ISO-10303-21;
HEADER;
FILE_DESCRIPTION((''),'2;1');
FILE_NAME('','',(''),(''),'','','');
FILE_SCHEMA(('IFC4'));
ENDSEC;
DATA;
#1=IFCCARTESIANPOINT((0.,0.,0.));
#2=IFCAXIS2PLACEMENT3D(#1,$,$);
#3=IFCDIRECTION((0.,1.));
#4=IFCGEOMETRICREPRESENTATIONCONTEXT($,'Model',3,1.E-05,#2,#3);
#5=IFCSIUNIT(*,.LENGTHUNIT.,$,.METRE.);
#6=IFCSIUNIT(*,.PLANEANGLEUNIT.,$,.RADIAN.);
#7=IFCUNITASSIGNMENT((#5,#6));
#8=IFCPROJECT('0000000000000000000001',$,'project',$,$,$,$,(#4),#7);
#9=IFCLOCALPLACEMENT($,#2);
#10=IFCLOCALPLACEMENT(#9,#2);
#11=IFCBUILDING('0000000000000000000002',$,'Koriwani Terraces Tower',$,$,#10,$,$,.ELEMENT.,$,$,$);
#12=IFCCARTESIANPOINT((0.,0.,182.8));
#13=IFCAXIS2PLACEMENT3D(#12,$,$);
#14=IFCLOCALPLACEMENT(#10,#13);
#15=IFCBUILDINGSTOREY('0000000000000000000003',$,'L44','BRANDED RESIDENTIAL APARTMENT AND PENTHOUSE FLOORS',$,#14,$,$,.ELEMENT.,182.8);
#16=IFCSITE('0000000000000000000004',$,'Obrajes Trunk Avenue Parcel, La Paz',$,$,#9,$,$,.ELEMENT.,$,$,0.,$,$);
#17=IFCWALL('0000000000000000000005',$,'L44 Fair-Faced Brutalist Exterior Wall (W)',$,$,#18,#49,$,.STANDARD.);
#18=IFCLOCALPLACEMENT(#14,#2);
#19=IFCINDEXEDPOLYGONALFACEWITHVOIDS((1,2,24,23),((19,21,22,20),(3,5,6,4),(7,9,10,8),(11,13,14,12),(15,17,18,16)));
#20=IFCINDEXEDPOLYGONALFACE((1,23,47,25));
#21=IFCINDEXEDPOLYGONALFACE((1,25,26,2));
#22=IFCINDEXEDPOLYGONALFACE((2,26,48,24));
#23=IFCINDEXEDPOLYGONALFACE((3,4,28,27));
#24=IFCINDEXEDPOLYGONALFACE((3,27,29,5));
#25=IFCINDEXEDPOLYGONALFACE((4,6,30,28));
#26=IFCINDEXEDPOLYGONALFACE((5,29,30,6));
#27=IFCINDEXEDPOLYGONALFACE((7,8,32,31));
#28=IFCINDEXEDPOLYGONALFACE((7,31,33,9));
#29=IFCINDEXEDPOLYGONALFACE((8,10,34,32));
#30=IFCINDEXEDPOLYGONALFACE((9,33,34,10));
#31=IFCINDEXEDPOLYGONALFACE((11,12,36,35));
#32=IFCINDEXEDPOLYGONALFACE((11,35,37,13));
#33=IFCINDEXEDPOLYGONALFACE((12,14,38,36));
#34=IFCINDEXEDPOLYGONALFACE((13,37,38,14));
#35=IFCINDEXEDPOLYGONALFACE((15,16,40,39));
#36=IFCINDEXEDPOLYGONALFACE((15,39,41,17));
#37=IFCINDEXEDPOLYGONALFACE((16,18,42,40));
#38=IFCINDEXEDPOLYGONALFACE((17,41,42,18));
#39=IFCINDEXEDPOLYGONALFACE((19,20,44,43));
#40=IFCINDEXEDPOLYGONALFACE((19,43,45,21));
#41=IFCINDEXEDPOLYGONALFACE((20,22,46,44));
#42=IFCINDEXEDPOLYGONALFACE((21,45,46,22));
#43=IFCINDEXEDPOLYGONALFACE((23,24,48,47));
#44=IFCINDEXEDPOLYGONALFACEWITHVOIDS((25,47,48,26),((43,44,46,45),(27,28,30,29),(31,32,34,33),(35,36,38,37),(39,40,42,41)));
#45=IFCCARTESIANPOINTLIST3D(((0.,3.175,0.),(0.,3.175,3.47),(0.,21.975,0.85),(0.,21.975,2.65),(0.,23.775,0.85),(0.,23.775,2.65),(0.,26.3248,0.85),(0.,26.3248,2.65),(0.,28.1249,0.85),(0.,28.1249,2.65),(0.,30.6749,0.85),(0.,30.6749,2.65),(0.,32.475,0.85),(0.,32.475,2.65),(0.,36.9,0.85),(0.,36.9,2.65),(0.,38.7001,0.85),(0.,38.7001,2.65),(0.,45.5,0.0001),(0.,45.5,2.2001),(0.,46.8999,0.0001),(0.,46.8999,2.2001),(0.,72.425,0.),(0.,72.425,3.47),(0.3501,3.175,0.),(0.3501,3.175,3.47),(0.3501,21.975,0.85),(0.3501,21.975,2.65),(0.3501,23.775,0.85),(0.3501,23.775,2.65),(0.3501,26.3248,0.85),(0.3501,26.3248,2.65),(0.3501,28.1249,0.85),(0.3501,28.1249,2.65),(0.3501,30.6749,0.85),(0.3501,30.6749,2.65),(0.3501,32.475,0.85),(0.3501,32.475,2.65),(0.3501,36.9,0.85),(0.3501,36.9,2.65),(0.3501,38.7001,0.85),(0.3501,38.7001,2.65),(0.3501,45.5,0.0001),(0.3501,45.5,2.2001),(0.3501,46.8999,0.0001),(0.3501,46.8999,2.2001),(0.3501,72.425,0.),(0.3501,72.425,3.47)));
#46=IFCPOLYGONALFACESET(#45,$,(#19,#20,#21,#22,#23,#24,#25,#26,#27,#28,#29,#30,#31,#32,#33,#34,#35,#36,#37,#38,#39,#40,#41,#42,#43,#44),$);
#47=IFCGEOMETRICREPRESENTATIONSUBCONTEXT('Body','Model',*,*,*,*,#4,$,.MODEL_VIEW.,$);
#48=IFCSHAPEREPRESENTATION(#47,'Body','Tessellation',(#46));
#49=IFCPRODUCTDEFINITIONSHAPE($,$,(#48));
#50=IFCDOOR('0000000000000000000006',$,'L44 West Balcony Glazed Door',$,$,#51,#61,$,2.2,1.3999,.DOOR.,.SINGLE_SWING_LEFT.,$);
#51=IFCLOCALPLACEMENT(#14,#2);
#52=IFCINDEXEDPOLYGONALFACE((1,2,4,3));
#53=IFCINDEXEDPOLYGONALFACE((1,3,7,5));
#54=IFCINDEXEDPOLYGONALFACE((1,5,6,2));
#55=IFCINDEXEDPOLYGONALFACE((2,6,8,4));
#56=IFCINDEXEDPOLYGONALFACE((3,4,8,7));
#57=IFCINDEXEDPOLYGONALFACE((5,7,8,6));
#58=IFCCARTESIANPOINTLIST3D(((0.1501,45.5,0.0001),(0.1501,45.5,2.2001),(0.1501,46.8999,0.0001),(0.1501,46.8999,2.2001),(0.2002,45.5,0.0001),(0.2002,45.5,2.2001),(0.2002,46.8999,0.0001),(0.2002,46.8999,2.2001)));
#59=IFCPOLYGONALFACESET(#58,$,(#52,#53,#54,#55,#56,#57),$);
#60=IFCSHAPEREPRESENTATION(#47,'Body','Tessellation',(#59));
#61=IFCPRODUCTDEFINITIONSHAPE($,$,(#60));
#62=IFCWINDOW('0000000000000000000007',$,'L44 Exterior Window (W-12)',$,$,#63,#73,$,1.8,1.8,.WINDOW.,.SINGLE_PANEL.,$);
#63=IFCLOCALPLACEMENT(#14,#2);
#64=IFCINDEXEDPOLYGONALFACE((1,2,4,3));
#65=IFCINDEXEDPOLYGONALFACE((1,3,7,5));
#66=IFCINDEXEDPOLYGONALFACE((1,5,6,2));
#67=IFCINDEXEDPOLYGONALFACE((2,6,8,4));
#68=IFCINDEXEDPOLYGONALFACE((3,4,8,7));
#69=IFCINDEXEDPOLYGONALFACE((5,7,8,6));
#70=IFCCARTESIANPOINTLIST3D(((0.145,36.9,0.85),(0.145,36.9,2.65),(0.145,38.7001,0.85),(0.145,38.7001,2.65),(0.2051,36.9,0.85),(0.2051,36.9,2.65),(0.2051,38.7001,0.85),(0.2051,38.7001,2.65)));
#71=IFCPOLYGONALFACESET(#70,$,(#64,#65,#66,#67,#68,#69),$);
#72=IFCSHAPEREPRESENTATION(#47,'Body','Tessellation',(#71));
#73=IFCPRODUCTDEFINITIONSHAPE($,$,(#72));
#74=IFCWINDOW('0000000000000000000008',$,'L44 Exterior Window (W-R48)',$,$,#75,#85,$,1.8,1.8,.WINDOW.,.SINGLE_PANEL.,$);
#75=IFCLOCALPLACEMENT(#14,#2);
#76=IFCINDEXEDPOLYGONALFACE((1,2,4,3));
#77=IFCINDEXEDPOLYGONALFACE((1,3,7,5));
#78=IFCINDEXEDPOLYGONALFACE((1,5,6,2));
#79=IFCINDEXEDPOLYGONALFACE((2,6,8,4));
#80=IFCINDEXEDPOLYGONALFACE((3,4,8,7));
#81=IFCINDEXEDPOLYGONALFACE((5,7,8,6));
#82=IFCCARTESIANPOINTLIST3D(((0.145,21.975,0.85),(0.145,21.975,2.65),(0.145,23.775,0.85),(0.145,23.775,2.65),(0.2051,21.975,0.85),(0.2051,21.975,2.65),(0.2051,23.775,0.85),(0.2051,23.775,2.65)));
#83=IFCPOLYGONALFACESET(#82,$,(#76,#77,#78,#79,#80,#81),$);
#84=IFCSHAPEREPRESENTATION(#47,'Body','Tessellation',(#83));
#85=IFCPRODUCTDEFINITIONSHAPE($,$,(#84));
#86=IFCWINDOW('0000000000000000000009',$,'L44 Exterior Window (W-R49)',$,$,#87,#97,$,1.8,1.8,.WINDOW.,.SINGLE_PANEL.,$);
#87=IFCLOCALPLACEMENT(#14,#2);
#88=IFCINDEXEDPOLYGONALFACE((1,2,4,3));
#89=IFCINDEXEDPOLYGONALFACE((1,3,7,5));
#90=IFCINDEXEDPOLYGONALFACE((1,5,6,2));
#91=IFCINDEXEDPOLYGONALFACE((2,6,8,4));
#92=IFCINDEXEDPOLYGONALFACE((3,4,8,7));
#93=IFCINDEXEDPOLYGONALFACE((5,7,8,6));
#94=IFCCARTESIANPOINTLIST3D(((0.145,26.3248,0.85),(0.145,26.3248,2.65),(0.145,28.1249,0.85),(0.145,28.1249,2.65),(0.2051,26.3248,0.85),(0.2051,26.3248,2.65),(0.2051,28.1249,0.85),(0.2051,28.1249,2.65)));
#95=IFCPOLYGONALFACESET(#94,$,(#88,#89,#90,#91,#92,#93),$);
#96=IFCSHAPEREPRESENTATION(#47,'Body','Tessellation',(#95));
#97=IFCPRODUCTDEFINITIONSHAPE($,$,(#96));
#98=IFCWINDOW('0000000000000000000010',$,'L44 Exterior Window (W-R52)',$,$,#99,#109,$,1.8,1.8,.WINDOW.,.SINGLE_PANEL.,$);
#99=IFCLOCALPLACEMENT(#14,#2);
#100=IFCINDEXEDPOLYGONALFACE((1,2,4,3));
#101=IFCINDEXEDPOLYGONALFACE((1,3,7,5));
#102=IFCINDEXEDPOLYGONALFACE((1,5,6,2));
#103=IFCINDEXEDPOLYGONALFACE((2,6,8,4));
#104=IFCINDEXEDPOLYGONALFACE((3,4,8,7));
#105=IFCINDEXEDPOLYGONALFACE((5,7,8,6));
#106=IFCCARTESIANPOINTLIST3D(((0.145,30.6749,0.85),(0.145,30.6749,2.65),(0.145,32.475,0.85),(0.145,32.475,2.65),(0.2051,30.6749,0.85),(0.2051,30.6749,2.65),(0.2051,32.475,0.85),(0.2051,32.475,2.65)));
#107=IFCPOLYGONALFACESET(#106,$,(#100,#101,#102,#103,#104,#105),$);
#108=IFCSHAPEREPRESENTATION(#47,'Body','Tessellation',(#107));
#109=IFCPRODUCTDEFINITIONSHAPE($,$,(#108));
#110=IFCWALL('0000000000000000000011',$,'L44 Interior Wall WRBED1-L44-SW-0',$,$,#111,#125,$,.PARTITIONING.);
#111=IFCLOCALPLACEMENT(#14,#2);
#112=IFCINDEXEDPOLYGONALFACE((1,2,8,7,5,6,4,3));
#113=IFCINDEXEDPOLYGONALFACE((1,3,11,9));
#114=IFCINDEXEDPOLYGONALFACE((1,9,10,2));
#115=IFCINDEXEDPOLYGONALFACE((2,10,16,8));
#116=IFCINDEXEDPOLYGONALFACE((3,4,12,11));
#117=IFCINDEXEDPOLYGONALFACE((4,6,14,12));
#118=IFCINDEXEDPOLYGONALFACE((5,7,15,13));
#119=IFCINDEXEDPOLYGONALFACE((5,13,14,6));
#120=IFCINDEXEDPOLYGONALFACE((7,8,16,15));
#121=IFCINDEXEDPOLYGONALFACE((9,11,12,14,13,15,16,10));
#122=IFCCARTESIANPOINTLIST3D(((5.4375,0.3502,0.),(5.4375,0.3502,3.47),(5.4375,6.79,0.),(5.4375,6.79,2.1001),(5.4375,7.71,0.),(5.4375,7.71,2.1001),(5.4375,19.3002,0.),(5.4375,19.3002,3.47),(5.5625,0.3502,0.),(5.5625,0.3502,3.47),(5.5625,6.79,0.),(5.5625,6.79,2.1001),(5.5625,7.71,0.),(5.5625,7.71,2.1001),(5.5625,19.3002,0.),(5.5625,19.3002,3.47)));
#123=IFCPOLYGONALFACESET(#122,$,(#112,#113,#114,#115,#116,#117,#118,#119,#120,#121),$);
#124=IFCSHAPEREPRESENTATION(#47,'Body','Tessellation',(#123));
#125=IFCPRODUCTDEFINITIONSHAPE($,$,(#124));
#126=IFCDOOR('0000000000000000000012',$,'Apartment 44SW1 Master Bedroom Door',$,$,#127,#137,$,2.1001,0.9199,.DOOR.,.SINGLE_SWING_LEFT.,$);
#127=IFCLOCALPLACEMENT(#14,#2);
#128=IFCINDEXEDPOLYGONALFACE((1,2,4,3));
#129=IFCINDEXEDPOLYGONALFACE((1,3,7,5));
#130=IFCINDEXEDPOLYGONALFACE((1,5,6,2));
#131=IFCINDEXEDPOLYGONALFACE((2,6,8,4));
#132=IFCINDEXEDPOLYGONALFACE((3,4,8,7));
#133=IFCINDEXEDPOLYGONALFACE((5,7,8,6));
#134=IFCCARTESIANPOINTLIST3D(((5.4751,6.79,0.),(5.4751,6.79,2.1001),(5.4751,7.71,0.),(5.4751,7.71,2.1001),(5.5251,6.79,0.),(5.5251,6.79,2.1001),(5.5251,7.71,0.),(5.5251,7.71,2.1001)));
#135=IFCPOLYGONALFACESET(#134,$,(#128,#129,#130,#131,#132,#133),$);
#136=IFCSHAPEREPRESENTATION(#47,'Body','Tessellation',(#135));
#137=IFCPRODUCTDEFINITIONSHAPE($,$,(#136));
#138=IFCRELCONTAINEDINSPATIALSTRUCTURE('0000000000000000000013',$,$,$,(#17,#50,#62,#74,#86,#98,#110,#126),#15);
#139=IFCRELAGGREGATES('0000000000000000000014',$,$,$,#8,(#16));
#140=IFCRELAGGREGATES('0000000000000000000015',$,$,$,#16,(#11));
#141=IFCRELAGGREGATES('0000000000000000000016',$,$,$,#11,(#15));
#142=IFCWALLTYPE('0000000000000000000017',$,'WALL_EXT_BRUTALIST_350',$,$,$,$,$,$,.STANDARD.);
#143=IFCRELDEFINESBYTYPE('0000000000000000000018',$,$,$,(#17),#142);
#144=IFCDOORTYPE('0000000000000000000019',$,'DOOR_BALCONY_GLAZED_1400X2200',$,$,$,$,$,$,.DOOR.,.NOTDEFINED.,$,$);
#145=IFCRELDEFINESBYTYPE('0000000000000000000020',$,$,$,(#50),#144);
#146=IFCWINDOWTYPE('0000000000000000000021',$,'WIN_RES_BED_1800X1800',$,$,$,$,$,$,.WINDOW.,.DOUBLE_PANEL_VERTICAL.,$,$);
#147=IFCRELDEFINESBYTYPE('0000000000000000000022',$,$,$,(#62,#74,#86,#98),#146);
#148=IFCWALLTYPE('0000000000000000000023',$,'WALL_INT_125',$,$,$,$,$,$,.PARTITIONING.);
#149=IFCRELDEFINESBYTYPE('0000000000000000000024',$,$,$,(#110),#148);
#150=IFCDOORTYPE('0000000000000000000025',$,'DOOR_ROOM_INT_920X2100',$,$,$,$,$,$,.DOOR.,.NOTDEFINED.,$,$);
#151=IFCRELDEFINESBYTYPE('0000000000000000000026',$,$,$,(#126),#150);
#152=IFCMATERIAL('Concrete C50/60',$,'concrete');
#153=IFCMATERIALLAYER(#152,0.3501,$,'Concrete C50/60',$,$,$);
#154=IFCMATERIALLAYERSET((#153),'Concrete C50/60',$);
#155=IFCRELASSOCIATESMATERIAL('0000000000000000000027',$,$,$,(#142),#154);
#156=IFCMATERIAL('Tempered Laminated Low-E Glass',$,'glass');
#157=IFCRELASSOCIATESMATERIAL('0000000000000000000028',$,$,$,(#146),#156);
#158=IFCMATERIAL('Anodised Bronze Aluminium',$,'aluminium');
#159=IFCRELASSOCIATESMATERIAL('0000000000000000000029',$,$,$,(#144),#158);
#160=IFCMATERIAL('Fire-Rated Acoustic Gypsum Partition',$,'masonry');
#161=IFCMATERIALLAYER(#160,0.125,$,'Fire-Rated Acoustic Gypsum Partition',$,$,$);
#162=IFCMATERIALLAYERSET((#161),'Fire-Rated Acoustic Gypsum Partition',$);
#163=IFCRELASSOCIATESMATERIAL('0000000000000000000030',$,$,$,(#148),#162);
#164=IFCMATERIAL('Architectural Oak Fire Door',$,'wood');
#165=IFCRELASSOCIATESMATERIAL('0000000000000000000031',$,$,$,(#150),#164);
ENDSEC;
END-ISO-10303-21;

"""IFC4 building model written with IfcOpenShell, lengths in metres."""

from ifc_helpers import new_model, si_unit, direction, frame, frame_2d, origin, place, context, subcontext, project, spatial, rectangle, extrude, material, layer, layer_set, type_object, element, fill, save


model = new_model("IFC4")

# Units and contexts
model_context = context("Model", 3, precision=1e-05, world=origin(), true_north=direction((0.0, 1.0)))
body_context = subcontext(model_context, "Body", "Model", "MODEL_VIEW")
ifc_project = project(units=[si_unit("LENGTHUNIT", "METRE"), si_unit("PLANEANGLEUNIT", "RADIAN")], contexts=[model_context])

# Site, building, storey
site_placement = place(None, origin())
site = spatial("IfcSite", under=ifc_project, at=site_placement, Name="Obrajes Trunk Avenue Parcel, La Paz", CompositionType="ELEMENT", RefElevation=0.0)
building_placement = place(site_placement, origin())
building = spatial("IfcBuilding", under=site, at=building_placement, Name="Koriwani Terraces Tower", CompositionType="ELEMENT")
storey_placement = place(building_placement, frame((0.0, 0.0, 182.8)))
storey = spatial("IfcBuildingStorey", under=building, at=storey_placement, Name="L44", Description="BRANDED RESIDENTIAL APARTMENT AND PENTHOUSE FLOORS", CompositionType="ELEMENT", Elevation=182.8)

# Shared definitions
ifc_material_1 = material(Name="Concrete C50/60", Category="concrete")

# Shared definitions
ifc_layer_1 = layer(ifc_material_1, 0.3501, Name="Concrete C50/60")
ifc_layer_set_1 = layer_set([ifc_layer_1], Name="Concrete C50/60")
wall_type_1 = type_object("IfcWallType", Name="WALL_EXT_BRUTALIST_350", PredefinedType="STANDARD", material=ifc_layer_set_1)
ifc_material_2 = material(Name="Tempered Laminated Low-E Glass", Category="glass")
window_type = type_object("IfcWindowType", Name="WIN_RES_BED_1800X1800", PartitioningType="DOUBLE_PANEL_VERTICAL", PredefinedType="WINDOW", material=ifc_material_2)

# Wall, openings, door, windows
wall_1_placement = place(storey_placement, frame((0.175, 3.175, 0.0), z_axis=(0.0, 0.0, 1.0), x_axis=(0.0, 1.0, 0.0)))
wall_1 = element("IfcWall", 1, at=wall_1_placement, inside=storey, type_object=wall_type_1, Name="L44 Fair-Faced Brutalist Exterior Wall (W)", PredefinedType="STANDARD", context=body_context, shape_type="SweptSolid", body=[
    extrude(rectangle(XDim=69.25, YDim=0.3501, at=frame_2d((34.625, 0.0))), origin(), (0.0, 0.0, 1.0), 3.47),
])
opening_1_placement = place(wall_1_placement, frame((42.325, 0.0, 0.0)))
opening_1 = element("IfcOpeningElement", 2, at=opening_1_placement, cuts=wall_1, PredefinedType="OPENING", context=body_context, shape_type="SweptSolid", body=[
    extrude(rectangle(XDim=1.3999, YDim=2.2, at=frame_2d((0.7, 1.1001))), frame((0.0, 0.1851, 0.0), z_axis=(0.0, -1.0, 0.0), x_axis=(1.0, 0.0, 0.0)), (0.0, 0.0, 1.0), 0.3701),
])
opening_2_placement = place(wall_1_placement, frame((33.7251, 0.0, 0.8501)))
opening_2 = element("IfcOpeningElement", 3, at=opening_2_placement, cuts=wall_1, PredefinedType="OPENING", context=body_context, shape_type="SweptSolid", body=[
    extrude(rectangle(XDim=1.8, YDim=1.8, at=frame_2d((0.8999, 0.8999))), frame((0.0, 0.1851, 0.0), z_axis=(0.0, -1.0, 0.0), x_axis=(1.0, 0.0, 0.0)), (0.0, 0.0, 1.0), 0.3701),
])
opening_3_placement = place(wall_1_placement, frame((18.8, 0.0, 0.8501)))
opening_3 = element("IfcOpeningElement", 4, at=opening_3_placement, cuts=wall_1, PredefinedType="OPENING", context=body_context, shape_type="SweptSolid", body=[
    extrude(rectangle(XDim=1.8, YDim=1.8, at=frame_2d((0.8999, 0.8999))), frame((0.0, 0.1851, 0.0), z_axis=(0.0, -1.0, 0.0), x_axis=(1.0, 0.0, 0.0)), (0.0, 0.0, 1.0), 0.3701),
])
opening_4_placement = place(wall_1_placement, frame((23.1499, 0.0, 0.8501)))
opening_4 = element("IfcOpeningElement", 5, at=opening_4_placement, cuts=wall_1, PredefinedType="OPENING", context=body_context, shape_type="SweptSolid", body=[
    extrude(rectangle(XDim=1.8, YDim=1.8, at=frame_2d((0.8999, 0.8999))), frame((0.0, 0.1851, 0.0), z_axis=(0.0, -1.0, 0.0), x_axis=(1.0, 0.0, 0.0)), (0.0, 0.0, 1.0), 0.3701),
])
opening_5_placement = place(wall_1_placement, frame((27.5, 0.0, 0.8501)))
opening_5 = element("IfcOpeningElement", 6, at=opening_5_placement, cuts=wall_1, PredefinedType="OPENING", context=body_context, shape_type="SweptSolid", body=[
    extrude(rectangle(XDim=1.8, YDim=1.8, at=frame_2d((0.8999, 0.8999))), frame((0.0, 0.1851, 0.0), z_axis=(0.0, -1.0, 0.0), x_axis=(1.0, 0.0, 0.0)), (0.0, 0.0, 1.0), 0.3701),
])
ifc_material_3 = material(Name="Anodised Bronze Aluminium", Category="aluminium")
door_type_1 = type_object("IfcDoorType", Name="DOOR_BALCONY_GLAZED_1400X2200", OperationType="NOTDEFINED", PredefinedType="DOOR", material=ifc_material_3)
door_1_placement = place(opening_1_placement, origin())
door_1 = element("IfcDoor", 7, at=door_1_placement, inside=storey, type_object=door_type_1, Name="L44 West Balcony Glazed Door", OperationType="SINGLE_SWING_LEFT", OverallHeight=2.2, OverallWidth=1.3999, PredefinedType="DOOR", context=body_context, shape_type="SweptSolid", body=[
    extrude(rectangle(XDim=1.3999, YDim=2.2, at=frame_2d((0.7, 1.1001))), frame((0.0, 0.0249, 0.0), z_axis=(0.0, -1.0, 0.0), x_axis=(1.0, 0.0, 0.0)), (0.0, 0.0, 1.0), 0.05),
])
fill(opening_1, door_1)
window_1_placement = place(opening_2_placement, origin())
window_1 = element("IfcWindow", 8, at=window_1_placement, inside=storey, type_object=window_type, Name="L44 Exterior Window (W-12)", OverallHeight=1.8, OverallWidth=1.8, PartitioningType="SINGLE_PANEL", PredefinedType="WINDOW", context=body_context, shape_type="SweptSolid", body=[
    extrude(rectangle(XDim=1.8, YDim=1.8, at=frame_2d((0.8999, 0.8999))), frame((0.0, 0.03, 0.0), z_axis=(0.0, -1.0, 0.0), x_axis=(1.0, 0.0, 0.0)), (0.0, 0.0, 1.0), 0.0601),
])
fill(opening_2, window_1)
window_2_placement = place(opening_3_placement, origin())
window_2 = element("IfcWindow", 9, at=window_2_placement, inside=storey, type_object=window_type, Name="L44 Exterior Window (W-R48)", OverallHeight=1.8, OverallWidth=1.8, PartitioningType="SINGLE_PANEL", PredefinedType="WINDOW", context=body_context, shape_type="SweptSolid", body=[
    extrude(rectangle(XDim=1.8, YDim=1.8, at=frame_2d((0.8999, 0.8999))), frame((0.0, 0.03, 0.0), z_axis=(0.0, -1.0, 0.0), x_axis=(1.0, 0.0, 0.0)), (0.0, 0.0, 1.0), 0.0601),
])
fill(opening_3, window_2)
window_3_placement = place(opening_4_placement, origin())
window_3 = element("IfcWindow", 10, at=window_3_placement, inside=storey, type_object=window_type, Name="L44 Exterior Window (W-R49)", OverallHeight=1.8, OverallWidth=1.8, PartitioningType="SINGLE_PANEL", PredefinedType="WINDOW", context=body_context, shape_type="SweptSolid", body=[
    extrude(rectangle(XDim=1.8, YDim=1.8, at=frame_2d((0.8999, 0.8999))), frame((0.0, 0.03, 0.0), z_axis=(0.0, -1.0, 0.0), x_axis=(1.0, 0.0, 0.0)), (0.0, 0.0, 1.0), 0.0601),
])
fill(opening_4, window_3)
window_4_placement = place(opening_5_placement, origin())
window_4 = element("IfcWindow", 11, at=window_4_placement, inside=storey, type_object=window_type, Name="L44 Exterior Window (W-R52)", OverallHeight=1.8, OverallWidth=1.8, PartitioningType="SINGLE_PANEL", PredefinedType="WINDOW", context=body_context, shape_type="SweptSolid", body=[
    extrude(rectangle(XDim=1.8, YDim=1.8, at=frame_2d((0.8999, 0.8999))), frame((0.0, 0.03, 0.0), z_axis=(0.0, -1.0, 0.0), x_axis=(1.0, 0.0, 0.0)), (0.0, 0.0, 1.0), 0.0601),
])
fill(opening_5, window_4)

# Wall, opening, door
ifc_material_4 = material(Name="Fire-Rated Acoustic Gypsum Partition", Category="masonry")
ifc_layer_2 = layer(ifc_material_4, 0.125, Name="Fire-Rated Acoustic Gypsum Partition")
ifc_layer_set_2 = layer_set([ifc_layer_2], Name="Fire-Rated Acoustic Gypsum Partition")
wall_type_2 = type_object("IfcWallType", Name="WALL_INT_125", PredefinedType="PARTITIONING", material=ifc_layer_set_2)
wall_2_placement = place(storey_placement, frame((5.5, 0.3501, 0.0), z_axis=(0.0, 0.0, 1.0), x_axis=(0.0, 1.0, 0.0)))
wall_2 = element("IfcWall", 12, at=wall_2_placement, inside=storey, type_object=wall_type_2, Name="L44 Interior Wall WRBED1-L44-SW-0", PredefinedType="PARTITIONING", context=body_context, shape_type="SweptSolid", body=[
    extrude(rectangle(XDim=18.95, YDim=0.125, at=frame_2d((9.4751, 0.0))), origin(), (0.0, 0.0, 1.0), 3.47),
])
opening_6_placement = place(wall_2_placement, frame((6.4399, 0.0, 0.0)))
opening_6 = element("IfcOpeningElement", 13, at=opening_6_placement, cuts=wall_2, PredefinedType="OPENING", context=body_context, shape_type="SweptSolid", body=[
    extrude(rectangle(XDim=0.9199, YDim=2.1001, at=frame_2d((0.46, 1.05))), frame((0.0, 0.0725, 0.0), z_axis=(0.0, -1.0, 0.0), x_axis=(1.0, 0.0, 0.0)), (0.0, 0.0, 1.0), 0.145),
])
ifc_material_5 = material(Name="Architectural Oak Fire Door", Category="wood")
door_type_2 = type_object("IfcDoorType", Name="DOOR_ROOM_INT_920X2100", OperationType="NOTDEFINED", PredefinedType="DOOR", material=ifc_material_5)
door_2_placement = place(opening_6_placement, origin())
door_2 = element("IfcDoor", 14, at=door_2_placement, inside=storey, type_object=door_type_2, Name="Apartment 44SW1 Master Bedroom Door", OperationType="SINGLE_SWING_LEFT", OverallHeight=2.1001, OverallWidth=0.9199, PredefinedType="DOOR", context=body_context, shape_type="SweptSolid", body=[
    extrude(rectangle(XDim=0.9199, YDim=2.1001, at=frame_2d((0.46, 1.05))), frame((0.0, 0.0249, 0.0), z_axis=(0.0, -1.0, 0.0), x_axis=(1.0, 0.0, 0.0)), (0.0, 0.0, 1.0), 0.05),
])
fill(opening_6, door_2)

save(model, "model.ifc")
